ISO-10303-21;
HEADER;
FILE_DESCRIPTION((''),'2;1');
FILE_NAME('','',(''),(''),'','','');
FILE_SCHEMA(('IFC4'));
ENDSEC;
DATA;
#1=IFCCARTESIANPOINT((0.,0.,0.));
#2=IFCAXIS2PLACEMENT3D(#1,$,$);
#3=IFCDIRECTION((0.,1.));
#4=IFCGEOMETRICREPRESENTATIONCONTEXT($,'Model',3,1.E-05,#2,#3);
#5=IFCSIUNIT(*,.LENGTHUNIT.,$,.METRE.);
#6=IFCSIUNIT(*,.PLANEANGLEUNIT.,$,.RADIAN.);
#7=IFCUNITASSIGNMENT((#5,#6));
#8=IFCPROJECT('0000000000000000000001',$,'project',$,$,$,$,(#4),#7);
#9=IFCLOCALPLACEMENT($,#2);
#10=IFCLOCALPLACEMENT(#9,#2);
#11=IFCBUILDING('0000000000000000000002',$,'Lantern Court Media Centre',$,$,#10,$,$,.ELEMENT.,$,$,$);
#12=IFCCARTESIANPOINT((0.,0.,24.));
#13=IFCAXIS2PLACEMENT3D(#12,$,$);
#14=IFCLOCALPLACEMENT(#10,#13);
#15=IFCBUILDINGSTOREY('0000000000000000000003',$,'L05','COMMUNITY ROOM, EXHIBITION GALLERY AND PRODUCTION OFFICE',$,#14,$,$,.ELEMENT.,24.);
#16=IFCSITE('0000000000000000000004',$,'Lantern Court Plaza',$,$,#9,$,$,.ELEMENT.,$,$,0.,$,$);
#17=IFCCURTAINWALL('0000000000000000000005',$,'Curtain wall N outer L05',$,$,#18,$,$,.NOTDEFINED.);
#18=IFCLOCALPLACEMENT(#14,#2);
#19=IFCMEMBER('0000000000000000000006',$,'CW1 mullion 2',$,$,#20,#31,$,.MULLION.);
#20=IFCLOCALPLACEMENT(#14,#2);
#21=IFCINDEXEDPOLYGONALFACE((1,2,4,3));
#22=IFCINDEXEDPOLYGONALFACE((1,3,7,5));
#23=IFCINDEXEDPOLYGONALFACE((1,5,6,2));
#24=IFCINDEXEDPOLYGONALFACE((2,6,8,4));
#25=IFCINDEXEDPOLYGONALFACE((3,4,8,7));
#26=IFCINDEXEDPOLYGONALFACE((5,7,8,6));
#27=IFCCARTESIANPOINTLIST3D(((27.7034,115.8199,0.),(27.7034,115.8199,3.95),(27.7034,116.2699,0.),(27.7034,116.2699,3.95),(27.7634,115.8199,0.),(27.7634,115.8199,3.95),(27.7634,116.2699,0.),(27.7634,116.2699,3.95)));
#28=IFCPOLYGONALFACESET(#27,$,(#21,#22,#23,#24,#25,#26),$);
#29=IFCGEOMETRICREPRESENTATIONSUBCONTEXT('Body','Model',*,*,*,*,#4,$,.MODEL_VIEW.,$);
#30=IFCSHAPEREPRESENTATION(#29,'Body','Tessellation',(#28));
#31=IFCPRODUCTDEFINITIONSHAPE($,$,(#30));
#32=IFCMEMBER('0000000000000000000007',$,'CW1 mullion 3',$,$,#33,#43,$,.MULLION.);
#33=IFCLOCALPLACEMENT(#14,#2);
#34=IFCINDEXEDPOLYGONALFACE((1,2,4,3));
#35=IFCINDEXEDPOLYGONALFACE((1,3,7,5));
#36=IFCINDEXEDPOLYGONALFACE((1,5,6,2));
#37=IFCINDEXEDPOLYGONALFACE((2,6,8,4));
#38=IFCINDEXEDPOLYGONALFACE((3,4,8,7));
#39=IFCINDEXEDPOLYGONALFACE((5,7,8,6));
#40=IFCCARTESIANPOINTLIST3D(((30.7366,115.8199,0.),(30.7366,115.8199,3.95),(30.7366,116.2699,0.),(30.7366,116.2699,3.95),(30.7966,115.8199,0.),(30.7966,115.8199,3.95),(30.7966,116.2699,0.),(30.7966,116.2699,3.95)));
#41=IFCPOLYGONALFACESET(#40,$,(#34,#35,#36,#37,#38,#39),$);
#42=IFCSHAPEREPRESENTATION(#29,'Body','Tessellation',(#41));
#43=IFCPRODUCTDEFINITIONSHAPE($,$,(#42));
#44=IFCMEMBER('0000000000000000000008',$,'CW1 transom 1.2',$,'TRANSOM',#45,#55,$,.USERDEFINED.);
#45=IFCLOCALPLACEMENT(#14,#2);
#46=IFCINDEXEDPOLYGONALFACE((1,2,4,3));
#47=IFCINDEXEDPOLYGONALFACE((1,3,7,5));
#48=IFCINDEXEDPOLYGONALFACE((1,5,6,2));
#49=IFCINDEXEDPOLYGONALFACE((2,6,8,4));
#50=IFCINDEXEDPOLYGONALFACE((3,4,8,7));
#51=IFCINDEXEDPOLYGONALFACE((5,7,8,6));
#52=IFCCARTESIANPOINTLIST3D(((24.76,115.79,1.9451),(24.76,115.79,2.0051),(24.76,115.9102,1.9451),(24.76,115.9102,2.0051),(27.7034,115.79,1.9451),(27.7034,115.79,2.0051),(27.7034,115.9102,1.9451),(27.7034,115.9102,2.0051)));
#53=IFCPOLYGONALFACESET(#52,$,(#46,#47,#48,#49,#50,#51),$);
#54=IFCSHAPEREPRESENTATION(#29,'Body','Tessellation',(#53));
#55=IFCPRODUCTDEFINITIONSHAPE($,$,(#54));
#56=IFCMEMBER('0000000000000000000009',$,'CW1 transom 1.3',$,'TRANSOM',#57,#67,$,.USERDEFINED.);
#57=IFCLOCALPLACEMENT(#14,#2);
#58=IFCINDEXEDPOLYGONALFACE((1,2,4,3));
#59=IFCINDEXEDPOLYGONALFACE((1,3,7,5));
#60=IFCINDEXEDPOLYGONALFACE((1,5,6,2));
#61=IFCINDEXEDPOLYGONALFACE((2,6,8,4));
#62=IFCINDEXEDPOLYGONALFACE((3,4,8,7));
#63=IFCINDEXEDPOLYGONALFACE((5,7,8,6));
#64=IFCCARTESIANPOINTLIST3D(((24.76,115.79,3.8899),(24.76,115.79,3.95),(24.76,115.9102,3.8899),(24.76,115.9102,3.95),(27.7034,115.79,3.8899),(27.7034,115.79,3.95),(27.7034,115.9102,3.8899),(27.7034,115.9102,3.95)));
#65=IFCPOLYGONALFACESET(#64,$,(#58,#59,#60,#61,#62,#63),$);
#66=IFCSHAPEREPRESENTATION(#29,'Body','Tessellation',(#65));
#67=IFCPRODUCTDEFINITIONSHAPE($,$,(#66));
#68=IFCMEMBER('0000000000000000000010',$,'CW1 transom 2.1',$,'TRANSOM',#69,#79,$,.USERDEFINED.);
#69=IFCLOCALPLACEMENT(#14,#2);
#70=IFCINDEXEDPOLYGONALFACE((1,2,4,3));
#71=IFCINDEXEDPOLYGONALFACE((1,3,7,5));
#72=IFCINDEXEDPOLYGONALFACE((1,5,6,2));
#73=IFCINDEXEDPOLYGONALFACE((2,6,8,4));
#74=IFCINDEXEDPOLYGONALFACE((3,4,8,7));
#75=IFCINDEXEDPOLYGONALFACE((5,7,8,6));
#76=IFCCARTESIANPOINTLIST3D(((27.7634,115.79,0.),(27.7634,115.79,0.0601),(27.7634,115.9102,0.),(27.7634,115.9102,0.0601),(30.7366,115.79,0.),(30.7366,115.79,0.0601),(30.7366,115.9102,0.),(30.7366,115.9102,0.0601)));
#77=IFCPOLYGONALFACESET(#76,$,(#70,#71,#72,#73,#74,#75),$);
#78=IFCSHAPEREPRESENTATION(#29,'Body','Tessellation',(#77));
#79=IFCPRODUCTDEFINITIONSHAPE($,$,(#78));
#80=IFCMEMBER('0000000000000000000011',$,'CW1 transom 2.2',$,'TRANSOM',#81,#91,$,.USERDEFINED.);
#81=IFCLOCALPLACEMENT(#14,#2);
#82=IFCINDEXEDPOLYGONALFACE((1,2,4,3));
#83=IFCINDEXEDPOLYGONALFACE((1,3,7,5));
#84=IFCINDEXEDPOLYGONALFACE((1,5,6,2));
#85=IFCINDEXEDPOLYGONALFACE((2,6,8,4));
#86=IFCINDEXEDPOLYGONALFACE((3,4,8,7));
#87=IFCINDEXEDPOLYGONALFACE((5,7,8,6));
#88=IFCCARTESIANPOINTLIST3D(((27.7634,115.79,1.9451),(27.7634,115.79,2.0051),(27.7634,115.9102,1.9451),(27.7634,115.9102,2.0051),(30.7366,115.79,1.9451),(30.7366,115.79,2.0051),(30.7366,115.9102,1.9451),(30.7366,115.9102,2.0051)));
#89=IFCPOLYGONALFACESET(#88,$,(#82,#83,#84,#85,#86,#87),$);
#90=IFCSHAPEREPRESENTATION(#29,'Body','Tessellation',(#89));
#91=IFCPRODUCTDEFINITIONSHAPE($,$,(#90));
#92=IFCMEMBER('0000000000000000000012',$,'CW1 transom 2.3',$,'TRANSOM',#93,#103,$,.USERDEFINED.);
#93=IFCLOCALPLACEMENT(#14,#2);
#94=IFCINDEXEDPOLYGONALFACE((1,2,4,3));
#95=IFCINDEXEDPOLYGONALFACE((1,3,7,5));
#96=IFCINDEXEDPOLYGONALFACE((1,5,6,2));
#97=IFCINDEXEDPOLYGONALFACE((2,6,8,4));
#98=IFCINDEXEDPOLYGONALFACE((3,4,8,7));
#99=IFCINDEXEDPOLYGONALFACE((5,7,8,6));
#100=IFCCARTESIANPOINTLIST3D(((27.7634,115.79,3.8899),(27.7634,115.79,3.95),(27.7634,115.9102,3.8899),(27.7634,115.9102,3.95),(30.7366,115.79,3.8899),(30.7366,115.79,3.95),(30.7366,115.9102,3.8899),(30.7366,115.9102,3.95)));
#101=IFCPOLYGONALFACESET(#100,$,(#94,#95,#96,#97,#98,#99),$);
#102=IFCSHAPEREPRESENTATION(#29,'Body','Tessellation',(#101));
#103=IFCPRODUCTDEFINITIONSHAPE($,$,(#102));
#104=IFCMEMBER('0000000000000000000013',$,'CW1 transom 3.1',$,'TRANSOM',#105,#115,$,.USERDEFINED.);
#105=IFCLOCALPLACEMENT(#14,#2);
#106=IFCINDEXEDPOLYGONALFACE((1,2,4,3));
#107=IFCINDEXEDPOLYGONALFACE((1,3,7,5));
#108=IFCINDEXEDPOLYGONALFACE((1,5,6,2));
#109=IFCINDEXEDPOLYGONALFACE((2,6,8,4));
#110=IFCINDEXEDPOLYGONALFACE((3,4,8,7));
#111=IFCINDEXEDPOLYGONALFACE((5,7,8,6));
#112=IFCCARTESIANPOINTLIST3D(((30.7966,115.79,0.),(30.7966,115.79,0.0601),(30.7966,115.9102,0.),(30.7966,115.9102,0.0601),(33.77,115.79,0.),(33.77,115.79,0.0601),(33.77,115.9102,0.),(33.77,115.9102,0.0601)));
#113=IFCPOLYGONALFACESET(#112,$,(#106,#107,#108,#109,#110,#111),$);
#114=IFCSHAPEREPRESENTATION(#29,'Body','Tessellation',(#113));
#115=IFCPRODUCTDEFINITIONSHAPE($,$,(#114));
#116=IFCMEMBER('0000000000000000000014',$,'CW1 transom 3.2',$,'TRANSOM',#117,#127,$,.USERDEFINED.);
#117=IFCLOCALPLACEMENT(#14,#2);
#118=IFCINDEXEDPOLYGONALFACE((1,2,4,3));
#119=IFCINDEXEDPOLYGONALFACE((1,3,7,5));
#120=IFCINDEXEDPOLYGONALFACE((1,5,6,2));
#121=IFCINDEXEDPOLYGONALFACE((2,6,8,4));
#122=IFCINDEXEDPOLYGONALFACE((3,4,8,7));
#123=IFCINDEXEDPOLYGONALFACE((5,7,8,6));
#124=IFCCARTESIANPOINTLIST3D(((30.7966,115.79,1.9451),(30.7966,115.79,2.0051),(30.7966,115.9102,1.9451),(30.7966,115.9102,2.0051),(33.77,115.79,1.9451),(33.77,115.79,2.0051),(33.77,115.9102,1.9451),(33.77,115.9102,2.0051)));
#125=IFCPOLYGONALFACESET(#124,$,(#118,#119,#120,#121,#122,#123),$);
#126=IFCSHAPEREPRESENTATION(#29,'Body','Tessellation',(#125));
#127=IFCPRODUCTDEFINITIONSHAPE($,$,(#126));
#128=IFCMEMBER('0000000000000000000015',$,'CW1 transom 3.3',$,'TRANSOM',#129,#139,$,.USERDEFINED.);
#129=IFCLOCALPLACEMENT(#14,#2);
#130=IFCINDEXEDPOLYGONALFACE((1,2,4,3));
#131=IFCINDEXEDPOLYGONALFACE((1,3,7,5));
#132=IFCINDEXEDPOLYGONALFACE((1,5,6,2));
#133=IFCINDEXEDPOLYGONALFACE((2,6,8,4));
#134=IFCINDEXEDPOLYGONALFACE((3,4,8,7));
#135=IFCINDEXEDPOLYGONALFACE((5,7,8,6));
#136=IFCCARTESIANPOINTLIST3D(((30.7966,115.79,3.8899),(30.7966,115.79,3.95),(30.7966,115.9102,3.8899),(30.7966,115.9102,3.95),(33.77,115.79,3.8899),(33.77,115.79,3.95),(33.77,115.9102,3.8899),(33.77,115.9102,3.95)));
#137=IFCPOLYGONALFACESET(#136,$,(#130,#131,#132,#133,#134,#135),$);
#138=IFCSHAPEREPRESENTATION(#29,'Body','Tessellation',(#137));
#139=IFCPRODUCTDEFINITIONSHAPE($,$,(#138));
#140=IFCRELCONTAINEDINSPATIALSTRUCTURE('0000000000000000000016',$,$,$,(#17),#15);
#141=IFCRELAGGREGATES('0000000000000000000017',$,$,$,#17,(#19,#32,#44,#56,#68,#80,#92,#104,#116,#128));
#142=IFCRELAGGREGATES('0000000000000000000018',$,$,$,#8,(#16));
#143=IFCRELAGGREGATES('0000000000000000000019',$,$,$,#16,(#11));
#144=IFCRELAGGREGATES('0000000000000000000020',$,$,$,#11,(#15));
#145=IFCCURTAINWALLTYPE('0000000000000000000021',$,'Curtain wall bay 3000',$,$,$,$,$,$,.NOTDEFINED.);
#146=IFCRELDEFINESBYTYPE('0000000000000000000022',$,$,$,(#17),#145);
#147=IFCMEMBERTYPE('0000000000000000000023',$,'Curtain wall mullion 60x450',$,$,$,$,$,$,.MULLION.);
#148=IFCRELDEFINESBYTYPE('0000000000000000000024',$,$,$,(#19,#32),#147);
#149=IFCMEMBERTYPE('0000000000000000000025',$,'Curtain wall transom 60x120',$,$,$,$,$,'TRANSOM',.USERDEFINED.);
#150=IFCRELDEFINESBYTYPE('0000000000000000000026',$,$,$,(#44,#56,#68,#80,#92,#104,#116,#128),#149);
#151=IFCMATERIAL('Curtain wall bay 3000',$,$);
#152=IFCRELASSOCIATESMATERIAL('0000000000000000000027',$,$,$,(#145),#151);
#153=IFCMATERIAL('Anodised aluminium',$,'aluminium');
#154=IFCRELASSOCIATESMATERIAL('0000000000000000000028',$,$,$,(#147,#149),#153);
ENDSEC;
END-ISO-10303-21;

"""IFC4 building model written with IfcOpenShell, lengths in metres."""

from ifc_helpers import new_model, si_unit, direction, frame, origin, origin_2d, place, context, subcontext, project, spatial, rectangle, extrude, material, material_profile, profile_set, type_object, element, aggregate, save


model = new_model("IFC4")

# Units and contexts
model_context = context("Model", 3, precision=1e-05, world=origin(), true_north=direction((0.0, 1.0)))
body_context = subcontext(model_context, "Body", "Model", "MODEL_VIEW")
ifc_project = project(units=[si_unit("LENGTHUNIT", "METRE"), si_unit("PLANEANGLEUNIT", "RADIAN")], contexts=[model_context])

# Site, building, storey
site_placement = place(None, origin())
site = spatial("IfcSite", under=ifc_project, at=site_placement, Name="Lantern Court Plaza", CompositionType="ELEMENT", RefElevation=0.0)
building_placement = place(site_placement, origin())
building = spatial("IfcBuilding", under=site, at=building_placement, Name="Lantern Court Media Centre", CompositionType="ELEMENT")
storey_placement = place(building_placement, frame((0.0, 0.0, 24.0)))
storey = spatial("IfcBuildingStorey", under=building, at=storey_placement, Name="L05", Description="COMMUNITY ROOM, EXHIBITION GALLERY AND PRODUCTION OFFICE", CompositionType="ELEMENT", Elevation=24.0)

# Curtain wall, members
ifc_material_1 = material(Name="Curtain wall bay 3000")
curtain_wall_type = type_object("IfcCurtainWallType", Name="Curtain wall bay 3000", PredefinedType="NOTDEFINED", material=ifc_material_1)
curtain_wall_placement = place(storey_placement, origin())
curtain_wall = element("IfcCurtainWall", 1, at=curtain_wall_placement, inside=storey, type_object=curtain_wall_type, Name="Curtain wall N outer L05", PredefinedType="NOTDEFINED")
ifc_material_2 = material(Name="Anodised aluminium", Category="aluminium")
ifc_material_profile_1 = material_profile(ifc_material_2, rectangle(XDim=0.45, YDim=0.0601, at=origin_2d()), Name="AL 60x450")
ifc_profile_set_1 = profile_set([ifc_material_profile_1], Name="Anodised aluminium")
member_type_1 = type_object("IfcMemberType", Name="Curtain wall mullion 60x450", PredefinedType="MULLION", material=ifc_profile_set_1)
member_1_placement = place(storey_placement, frame((27.7334, 116.0449, 0.0), z_axis=(0.0, 0.0, 1.0), x_axis=(0.0, 1.0, 0.0)))
member_1 = element("IfcMember", 2, at=member_1_placement, type_object=member_type_1, Name="CW1 mullion 2", PredefinedType="MULLION", context=body_context, shape_type="SweptSolid", body=[
    extrude(rectangle(XDim=0.45, YDim=0.0601, at=origin_2d()), origin(), (0.0, 0.0, 1.0), 3.95),
])
member_2_placement = place(storey_placement, frame((30.7666, 116.0449, 0.0), z_axis=(0.0, 0.0, 1.0), x_axis=(0.0, 1.0, 0.0)))
member_2 = element("IfcMember", 3, at=member_2_placement, type_object=member_type_1, Name="CW1 mullion 3", PredefinedType="MULLION", context=body_context, shape_type="SweptSolid", body=[
    extrude(rectangle(XDim=0.45, YDim=0.0601, at=origin_2d()), origin(), (0.0, 0.0, 1.0), 3.95),
])
ifc_material_profile_2 = material_profile(ifc_material_2, rectangle(XDim=0.1201, YDim=0.0601, at=origin_2d()), Name="AL 60x120")
ifc_profile_set_2 = profile_set([ifc_material_profile_2], Name="Anodised aluminium")
member_type_2 = type_object("IfcMemberType", Name="Curtain wall transom 60x120", ElementType="TRANSOM", PredefinedType="USERDEFINED", material=ifc_profile_set_2)
member_3_placement = place(storey_placement, frame((24.76, 115.8501, 1.9751), z_axis=(1.0, 0.0, 0.0), x_axis=(0.0, 1.0, 0.0)))
member_3 = element("IfcMember", 4, at=member_3_placement, type_object=member_type_2, Name="CW1 transom 1.2", ObjectType="TRANSOM", PredefinedType="USERDEFINED", context=body_context, shape_type="SweptSolid", body=[
    extrude(rectangle(XDim=0.1201, YDim=0.0601, at=origin_2d()), origin(), (0.0, 0.0, 1.0), 2.9434),
])
member_4_placement = place(storey_placement, frame((24.76, 115.8501, 3.9199), z_axis=(1.0, 0.0, 0.0), x_axis=(0.0, 1.0, 0.0)))
member_4 = element("IfcMember", 5, at=member_4_placement, type_object=member_type_2, Name="CW1 transom 1.3", ObjectType="TRANSOM", PredefinedType="USERDEFINED", context=body_context, shape_type="SweptSolid", body=[
    extrude(rectangle(XDim=0.1201, YDim=0.0601, at=origin_2d()), origin(), (0.0, 0.0, 1.0), 2.9434),
])
member_5_placement = place(storey_placement, frame((27.7634, 115.8501, 0.03), z_axis=(1.0, 0.0, 0.0), x_axis=(0.0, 1.0, 0.0)))
member_5 = element("IfcMember", 6, at=member_5_placement, type_object=member_type_2, Name="CW1 transom 2.1", ObjectType="TRANSOM", PredefinedType="USERDEFINED", context=body_context, shape_type="SweptSolid", body=[
    extrude(rectangle(XDim=0.1201, YDim=0.0601, at=origin_2d()), origin(), (0.0, 0.0, 1.0), 2.9731),
])
member_6_placement = place(storey_placement, frame((27.7634, 115.8501, 1.9751), z_axis=(1.0, 0.0, 0.0), x_axis=(0.0, 1.0, 0.0)))
member_6 = element("IfcMember", 7, at=member_6_placement, type_object=member_type_2, Name="CW1 transom 2.2", ObjectType="TRANSOM", PredefinedType="USERDEFINED", context=body_context, shape_type="SweptSolid", body=[
    extrude(rectangle(XDim=0.1201, YDim=0.0601, at=origin_2d()), origin(), (0.0, 0.0, 1.0), 2.9731),
])
member_7_placement = place(storey_placement, frame((27.7634, 115.8501, 3.9199), z_axis=(1.0, 0.0, 0.0), x_axis=(0.0, 1.0, 0.0)))
member_7 = element("IfcMember", 8, at=member_7_placement, type_object=member_type_2, Name="CW1 transom 2.3", ObjectType="TRANSOM", PredefinedType="USERDEFINED", context=body_context, shape_type="SweptSolid", body=[
    extrude(rectangle(XDim=0.1201, YDim=0.0601, at=origin_2d()), origin(), (0.0, 0.0, 1.0), 2.9731),
])
member_8_placement = place(storey_placement, frame((30.7966, 115.8501, 0.03), z_axis=(1.0, 0.0, 0.0), x_axis=(0.0, 1.0, 0.0)))
member_8 = element("IfcMember", 9, at=member_8_placement, type_object=member_type_2, Name="CW1 transom 3.1", ObjectType="TRANSOM", PredefinedType="USERDEFINED", context=body_context, shape_type="SweptSolid", body=[
    extrude(rectangle(XDim=0.1201, YDim=0.0601, at=origin_2d()), origin(), (0.0, 0.0, 1.0), 2.9734),
])
member_9_placement = place(storey_placement, frame((30.7966, 115.8501, 1.9751), z_axis=(1.0, 0.0, 0.0), x_axis=(0.0, 1.0, 0.0)))
member_9 = element("IfcMember", 10, at=member_9_placement, type_object=member_type_2, Name="CW1 transom 3.2", ObjectType="TRANSOM", PredefinedType="USERDEFINED", context=body_context, shape_type="SweptSolid", body=[
    extrude(rectangle(XDim=0.1201, YDim=0.0601, at=origin_2d()), origin(), (0.0, 0.0, 1.0), 2.9734),
])
member_10_placement = place(storey_placement, frame((30.7966, 115.8501, 3.9199), z_axis=(1.0, 0.0, 0.0), x_axis=(0.0, 1.0, 0.0)))
member_10 = element("IfcMember", 11, at=member_10_placement, type_object=member_type_2, Name="CW1 transom 3.3", ObjectType="TRANSOM", PredefinedType="USERDEFINED", context=body_context, shape_type="SweptSolid", body=[
    extrude(rectangle(XDim=0.1201, YDim=0.0601, at=origin_2d()), origin(), (0.0, 0.0, 1.0), 2.9734),
])

aggregate(curtain_wall, [member_1, member_2, member_3, member_4, member_5, member_6, member_7, member_8, member_9, member_10])

save(model, "model.ifc")
